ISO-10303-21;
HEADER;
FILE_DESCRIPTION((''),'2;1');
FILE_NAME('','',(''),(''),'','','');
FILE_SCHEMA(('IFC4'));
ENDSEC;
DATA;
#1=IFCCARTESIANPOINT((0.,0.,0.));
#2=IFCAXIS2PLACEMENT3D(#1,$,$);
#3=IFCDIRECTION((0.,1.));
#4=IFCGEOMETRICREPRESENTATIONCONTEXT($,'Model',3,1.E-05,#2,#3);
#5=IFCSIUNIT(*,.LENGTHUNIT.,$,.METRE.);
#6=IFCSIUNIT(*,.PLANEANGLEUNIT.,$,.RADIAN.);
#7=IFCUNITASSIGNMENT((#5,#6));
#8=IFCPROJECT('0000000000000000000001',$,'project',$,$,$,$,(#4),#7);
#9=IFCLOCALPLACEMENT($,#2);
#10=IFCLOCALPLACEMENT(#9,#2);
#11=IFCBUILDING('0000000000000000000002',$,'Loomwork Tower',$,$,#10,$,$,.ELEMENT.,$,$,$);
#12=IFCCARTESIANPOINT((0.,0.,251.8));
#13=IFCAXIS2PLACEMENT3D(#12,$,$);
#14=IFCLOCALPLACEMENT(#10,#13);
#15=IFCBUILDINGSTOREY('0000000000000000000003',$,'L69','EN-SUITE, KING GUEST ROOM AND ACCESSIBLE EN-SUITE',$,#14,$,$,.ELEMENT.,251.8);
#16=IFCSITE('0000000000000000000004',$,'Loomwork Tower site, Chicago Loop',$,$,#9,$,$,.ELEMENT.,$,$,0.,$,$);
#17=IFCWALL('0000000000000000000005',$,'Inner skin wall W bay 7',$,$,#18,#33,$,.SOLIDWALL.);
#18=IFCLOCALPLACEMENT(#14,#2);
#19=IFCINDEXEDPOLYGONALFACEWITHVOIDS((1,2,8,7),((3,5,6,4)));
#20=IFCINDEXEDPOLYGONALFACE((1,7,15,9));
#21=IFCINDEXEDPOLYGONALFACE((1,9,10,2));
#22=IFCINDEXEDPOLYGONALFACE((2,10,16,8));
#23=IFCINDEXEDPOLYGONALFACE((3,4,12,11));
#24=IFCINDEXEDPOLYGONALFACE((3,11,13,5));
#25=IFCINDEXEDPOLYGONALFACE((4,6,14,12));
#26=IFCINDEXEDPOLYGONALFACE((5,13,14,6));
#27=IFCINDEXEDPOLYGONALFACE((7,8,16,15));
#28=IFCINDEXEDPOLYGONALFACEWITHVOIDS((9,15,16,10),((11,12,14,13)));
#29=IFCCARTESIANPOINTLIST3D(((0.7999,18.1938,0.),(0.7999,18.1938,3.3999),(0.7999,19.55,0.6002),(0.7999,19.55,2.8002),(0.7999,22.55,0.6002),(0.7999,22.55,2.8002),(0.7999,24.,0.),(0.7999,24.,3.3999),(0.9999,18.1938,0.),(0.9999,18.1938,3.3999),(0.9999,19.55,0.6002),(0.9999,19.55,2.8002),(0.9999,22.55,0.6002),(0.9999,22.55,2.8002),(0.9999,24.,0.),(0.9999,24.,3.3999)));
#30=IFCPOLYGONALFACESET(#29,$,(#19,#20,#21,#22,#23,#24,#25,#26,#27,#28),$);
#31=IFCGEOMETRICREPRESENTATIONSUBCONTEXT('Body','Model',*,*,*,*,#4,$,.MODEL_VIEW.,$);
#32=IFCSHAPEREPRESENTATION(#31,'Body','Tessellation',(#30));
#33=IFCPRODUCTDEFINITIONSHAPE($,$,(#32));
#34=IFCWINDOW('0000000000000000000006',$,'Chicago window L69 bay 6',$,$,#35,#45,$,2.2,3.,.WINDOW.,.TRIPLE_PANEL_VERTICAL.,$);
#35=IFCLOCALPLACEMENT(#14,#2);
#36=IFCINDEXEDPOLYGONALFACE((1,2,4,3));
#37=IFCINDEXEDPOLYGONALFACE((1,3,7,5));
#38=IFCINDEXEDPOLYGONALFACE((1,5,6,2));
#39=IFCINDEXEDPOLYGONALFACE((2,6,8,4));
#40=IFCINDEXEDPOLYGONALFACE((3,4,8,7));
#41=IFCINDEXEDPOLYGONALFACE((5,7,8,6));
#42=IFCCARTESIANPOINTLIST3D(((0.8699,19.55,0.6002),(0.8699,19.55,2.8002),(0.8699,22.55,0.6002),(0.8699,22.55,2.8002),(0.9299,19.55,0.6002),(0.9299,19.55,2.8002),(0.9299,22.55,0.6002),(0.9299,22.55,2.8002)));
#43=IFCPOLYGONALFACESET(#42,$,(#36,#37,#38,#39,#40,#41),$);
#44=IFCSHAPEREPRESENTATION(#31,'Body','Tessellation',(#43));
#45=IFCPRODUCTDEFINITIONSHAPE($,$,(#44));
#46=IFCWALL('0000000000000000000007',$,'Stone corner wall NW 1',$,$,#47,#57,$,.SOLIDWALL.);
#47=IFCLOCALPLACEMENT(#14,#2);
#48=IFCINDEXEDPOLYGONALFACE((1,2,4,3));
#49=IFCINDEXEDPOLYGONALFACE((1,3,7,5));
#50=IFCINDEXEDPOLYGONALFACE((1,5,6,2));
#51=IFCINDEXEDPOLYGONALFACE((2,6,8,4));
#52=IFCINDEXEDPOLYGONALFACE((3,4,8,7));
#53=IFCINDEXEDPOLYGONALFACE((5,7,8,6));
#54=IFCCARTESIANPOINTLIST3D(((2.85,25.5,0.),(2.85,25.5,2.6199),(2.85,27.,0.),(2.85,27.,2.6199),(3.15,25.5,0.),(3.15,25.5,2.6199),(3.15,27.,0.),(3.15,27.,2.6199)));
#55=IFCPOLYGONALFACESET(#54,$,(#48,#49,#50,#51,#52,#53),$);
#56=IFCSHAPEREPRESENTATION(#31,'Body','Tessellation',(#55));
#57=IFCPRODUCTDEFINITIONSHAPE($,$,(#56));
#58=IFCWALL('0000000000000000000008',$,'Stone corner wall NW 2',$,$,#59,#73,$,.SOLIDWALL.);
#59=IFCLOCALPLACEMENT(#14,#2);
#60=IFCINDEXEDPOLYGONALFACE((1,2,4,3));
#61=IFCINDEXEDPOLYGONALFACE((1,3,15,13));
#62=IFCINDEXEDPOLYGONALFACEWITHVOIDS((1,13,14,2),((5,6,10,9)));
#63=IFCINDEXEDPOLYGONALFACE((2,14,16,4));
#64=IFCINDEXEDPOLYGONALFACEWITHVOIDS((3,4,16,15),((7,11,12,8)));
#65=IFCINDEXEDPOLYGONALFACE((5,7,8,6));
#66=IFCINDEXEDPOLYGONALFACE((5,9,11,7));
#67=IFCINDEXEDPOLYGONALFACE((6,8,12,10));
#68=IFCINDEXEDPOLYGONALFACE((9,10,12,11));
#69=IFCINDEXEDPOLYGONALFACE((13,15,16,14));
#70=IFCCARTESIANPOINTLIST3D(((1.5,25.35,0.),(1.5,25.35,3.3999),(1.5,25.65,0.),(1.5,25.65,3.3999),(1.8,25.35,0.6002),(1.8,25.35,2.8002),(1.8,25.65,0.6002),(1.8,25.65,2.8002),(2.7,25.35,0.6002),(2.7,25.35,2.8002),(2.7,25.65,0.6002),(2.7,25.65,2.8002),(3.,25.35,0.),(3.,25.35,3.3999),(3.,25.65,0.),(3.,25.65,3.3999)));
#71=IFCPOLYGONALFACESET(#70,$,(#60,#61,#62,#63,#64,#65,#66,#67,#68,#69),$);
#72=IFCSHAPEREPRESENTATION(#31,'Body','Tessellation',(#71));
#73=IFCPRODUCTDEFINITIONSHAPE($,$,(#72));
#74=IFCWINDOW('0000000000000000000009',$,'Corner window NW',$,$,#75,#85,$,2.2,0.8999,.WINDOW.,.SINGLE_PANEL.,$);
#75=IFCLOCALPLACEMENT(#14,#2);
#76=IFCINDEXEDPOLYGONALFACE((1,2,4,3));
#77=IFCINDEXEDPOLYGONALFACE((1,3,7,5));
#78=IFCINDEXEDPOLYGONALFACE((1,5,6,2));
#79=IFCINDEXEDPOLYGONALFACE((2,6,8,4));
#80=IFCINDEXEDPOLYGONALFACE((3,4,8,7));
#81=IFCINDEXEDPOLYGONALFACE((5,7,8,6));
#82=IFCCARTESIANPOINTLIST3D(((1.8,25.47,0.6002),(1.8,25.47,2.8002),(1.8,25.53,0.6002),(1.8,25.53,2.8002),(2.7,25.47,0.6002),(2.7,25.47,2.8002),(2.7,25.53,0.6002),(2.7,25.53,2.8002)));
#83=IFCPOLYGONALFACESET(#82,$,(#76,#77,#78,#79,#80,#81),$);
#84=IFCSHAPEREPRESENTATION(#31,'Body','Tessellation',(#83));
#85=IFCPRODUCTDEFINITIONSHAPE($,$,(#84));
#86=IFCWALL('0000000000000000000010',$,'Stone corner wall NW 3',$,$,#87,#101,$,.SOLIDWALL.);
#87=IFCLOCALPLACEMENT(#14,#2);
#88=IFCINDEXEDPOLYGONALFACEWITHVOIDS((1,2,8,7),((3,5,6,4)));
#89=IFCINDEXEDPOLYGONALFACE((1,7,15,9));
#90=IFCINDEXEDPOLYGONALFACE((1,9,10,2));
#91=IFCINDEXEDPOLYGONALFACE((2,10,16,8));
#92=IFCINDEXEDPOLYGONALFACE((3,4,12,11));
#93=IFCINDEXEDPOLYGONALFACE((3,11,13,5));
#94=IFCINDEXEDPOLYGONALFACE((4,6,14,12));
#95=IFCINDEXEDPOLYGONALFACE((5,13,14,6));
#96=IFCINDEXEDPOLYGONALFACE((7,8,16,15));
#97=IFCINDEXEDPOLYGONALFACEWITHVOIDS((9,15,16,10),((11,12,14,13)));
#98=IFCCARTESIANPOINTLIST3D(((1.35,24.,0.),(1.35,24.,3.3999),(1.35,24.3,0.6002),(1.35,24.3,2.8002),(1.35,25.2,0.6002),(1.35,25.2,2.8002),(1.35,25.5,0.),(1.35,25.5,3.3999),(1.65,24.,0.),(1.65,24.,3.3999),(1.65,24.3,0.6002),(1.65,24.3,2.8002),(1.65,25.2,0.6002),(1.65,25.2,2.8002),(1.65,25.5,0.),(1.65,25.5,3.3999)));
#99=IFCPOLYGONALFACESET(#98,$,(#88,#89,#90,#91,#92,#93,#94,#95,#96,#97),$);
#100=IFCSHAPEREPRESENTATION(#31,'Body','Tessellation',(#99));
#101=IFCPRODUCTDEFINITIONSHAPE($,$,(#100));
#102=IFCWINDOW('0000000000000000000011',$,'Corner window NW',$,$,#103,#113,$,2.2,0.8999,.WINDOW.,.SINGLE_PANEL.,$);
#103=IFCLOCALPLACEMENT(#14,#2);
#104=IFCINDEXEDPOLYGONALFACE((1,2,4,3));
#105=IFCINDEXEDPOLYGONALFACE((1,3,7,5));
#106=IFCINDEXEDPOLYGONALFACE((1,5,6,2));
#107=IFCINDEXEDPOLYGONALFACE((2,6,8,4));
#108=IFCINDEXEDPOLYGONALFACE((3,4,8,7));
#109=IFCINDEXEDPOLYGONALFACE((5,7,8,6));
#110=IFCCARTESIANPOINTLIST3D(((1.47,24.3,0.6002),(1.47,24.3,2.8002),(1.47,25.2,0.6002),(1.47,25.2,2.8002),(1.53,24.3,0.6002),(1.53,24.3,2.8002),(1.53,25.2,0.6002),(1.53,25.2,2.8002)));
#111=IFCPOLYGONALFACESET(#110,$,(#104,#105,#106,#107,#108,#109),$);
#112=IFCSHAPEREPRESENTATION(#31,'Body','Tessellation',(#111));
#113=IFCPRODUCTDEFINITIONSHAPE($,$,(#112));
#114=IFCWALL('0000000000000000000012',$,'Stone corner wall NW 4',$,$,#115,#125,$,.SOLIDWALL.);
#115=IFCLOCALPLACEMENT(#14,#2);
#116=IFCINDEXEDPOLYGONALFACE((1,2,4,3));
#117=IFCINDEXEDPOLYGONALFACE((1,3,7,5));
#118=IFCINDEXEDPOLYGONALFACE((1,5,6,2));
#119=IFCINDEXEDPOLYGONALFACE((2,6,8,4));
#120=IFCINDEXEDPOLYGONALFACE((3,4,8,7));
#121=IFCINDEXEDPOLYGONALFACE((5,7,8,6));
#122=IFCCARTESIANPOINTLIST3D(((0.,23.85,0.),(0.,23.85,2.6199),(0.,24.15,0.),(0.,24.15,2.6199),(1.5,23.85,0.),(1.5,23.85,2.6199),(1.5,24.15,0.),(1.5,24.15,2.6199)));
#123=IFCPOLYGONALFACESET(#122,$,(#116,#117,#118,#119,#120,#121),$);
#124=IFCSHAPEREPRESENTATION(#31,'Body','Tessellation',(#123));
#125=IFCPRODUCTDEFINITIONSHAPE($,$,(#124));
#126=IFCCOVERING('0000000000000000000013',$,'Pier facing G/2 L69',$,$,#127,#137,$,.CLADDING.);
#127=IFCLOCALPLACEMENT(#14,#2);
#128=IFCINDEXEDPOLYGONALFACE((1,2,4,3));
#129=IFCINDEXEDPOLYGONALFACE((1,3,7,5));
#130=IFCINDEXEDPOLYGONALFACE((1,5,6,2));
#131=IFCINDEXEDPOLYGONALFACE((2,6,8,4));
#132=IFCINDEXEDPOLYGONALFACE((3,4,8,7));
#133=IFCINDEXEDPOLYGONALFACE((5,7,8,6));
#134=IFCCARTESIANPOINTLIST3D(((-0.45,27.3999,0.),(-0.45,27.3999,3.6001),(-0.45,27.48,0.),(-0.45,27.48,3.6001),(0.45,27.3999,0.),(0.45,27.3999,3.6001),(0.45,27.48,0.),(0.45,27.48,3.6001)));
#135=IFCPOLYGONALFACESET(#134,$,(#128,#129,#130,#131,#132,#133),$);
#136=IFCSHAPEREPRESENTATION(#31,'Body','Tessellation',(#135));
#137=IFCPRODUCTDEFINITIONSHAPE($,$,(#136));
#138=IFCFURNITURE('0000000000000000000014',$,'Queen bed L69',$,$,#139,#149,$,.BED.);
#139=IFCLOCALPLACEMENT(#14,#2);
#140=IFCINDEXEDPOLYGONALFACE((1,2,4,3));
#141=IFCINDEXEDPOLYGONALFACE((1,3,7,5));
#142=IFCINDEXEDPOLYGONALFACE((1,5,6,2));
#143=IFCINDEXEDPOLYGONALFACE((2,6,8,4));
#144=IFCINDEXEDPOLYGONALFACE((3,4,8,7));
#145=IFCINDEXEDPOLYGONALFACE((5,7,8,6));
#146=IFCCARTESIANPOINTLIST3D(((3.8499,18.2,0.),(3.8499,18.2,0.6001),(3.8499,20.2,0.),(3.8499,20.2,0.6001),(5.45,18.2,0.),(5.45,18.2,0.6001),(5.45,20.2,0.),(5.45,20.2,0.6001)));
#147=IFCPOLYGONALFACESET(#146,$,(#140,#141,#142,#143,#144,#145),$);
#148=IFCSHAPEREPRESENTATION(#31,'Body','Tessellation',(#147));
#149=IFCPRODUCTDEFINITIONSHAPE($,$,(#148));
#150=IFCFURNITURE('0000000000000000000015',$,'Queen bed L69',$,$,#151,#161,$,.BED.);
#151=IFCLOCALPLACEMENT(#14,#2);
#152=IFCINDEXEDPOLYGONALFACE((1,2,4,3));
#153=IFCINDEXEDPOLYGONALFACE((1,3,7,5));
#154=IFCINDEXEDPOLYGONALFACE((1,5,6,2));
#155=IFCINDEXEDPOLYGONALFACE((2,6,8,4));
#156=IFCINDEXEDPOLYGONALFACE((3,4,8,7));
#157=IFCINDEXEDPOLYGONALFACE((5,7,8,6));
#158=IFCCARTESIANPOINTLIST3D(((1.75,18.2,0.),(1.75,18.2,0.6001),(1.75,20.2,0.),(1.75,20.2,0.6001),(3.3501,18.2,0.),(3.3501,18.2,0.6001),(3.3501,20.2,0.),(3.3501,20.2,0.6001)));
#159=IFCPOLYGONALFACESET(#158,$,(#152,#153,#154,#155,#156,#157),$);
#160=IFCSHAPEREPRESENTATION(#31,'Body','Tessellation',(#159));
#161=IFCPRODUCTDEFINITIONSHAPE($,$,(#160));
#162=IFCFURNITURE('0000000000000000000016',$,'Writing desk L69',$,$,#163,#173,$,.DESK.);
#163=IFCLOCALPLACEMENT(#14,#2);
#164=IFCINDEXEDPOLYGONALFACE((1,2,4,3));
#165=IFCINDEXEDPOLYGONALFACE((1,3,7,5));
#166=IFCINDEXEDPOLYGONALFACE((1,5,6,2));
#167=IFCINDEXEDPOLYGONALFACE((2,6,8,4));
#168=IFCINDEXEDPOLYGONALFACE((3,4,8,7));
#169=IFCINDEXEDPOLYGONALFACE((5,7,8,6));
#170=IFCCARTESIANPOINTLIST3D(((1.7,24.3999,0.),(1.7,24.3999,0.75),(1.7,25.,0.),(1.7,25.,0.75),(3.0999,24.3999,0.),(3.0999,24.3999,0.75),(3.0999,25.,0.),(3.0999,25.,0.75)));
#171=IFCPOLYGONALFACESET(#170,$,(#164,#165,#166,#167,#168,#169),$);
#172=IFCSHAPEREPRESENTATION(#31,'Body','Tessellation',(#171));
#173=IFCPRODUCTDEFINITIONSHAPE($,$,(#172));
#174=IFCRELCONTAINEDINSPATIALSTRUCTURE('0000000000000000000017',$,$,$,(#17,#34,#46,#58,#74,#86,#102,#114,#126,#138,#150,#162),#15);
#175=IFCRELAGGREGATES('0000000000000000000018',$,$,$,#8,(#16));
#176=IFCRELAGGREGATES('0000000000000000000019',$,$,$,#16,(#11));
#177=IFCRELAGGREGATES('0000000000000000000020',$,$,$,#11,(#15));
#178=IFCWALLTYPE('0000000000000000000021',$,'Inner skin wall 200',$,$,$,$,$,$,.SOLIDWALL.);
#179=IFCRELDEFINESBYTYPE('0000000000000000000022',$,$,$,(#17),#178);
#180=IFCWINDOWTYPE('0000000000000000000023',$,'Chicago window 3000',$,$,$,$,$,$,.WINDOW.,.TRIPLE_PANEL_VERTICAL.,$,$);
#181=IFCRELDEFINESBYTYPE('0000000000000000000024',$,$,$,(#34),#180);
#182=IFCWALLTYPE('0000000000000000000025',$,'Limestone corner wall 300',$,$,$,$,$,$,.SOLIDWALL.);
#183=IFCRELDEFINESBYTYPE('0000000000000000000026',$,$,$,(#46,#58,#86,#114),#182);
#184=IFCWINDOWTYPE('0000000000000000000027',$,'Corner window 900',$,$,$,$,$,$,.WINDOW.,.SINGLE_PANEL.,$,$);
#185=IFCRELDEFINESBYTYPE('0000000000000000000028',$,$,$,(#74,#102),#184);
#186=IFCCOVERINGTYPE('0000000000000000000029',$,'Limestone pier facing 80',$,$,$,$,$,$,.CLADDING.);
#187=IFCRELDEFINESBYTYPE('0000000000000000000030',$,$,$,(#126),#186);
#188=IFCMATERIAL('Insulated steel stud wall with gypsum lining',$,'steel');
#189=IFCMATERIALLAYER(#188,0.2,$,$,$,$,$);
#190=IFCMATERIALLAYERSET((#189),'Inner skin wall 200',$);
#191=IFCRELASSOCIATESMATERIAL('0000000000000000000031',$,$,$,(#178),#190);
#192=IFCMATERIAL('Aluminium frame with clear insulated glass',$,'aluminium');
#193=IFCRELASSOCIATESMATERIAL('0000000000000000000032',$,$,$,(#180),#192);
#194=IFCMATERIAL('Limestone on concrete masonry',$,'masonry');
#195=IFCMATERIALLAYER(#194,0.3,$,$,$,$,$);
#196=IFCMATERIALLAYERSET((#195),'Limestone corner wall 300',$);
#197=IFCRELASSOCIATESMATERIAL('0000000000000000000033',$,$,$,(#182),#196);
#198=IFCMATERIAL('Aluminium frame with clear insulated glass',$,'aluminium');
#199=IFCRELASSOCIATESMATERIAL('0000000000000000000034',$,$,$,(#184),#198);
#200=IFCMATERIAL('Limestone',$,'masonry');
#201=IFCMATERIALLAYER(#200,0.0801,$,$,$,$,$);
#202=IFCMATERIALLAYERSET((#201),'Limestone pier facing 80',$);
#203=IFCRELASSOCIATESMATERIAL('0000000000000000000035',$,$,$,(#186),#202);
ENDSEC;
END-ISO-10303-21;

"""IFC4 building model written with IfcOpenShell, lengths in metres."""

from ifc_helpers import new_model, si_unit, direction, frame, frame_2d, origin, origin_2d, place, context, subcontext, project, spatial, rectangle, extrude, material, layer, layer_set, type_object, element, fill, save


model = new_model("IFC4")

# Units and contexts
model_context = context("Model", 3, precision=1e-05, world=origin(), true_north=direction((0.0, 1.0)))
body_context = subcontext(model_context, "Body", "Model", "MODEL_VIEW")
ifc_project = project(units=[si_unit("LENGTHUNIT", "METRE"), si_unit("PLANEANGLEUNIT", "RADIAN")], contexts=[model_context])

# Site, building, storey
site_placement = place(None, origin())
site = spatial("IfcSite", under=ifc_project, at=site_placement, Name="Loomwork Tower site, Chicago Loop", CompositionType="ELEMENT", RefElevation=0.0)
building_placement = place(site_placement, origin())
building = spatial("IfcBuilding", under=site, at=building_placement, Name="Loomwork Tower", CompositionType="ELEMENT")
storey_placement = place(building_placement, frame((0.0, 0.0, 251.8)))
storey = spatial("IfcBuildingStorey", under=building, at=storey_placement, Name="L69", Description="EN-SUITE, KING GUEST ROOM AND ACCESSIBLE EN-SUITE", CompositionType="ELEMENT", Elevation=251.8)

# Wall, opening, window
ifc_material_1 = material(Name="Insulated steel stud wall with gypsum lining", Category="steel")
ifc_layer_1 = layer(ifc_material_1, 0.2)
ifc_layer_set_1 = layer_set([ifc_layer_1], Name="Inner skin wall 200")
wall_type_1 = type_object("IfcWallType", Name="Inner skin wall 200", PredefinedType="SOLIDWALL", material=ifc_layer_set_1)
wall_1_placement = place(storey_placement, frame((0.8999, 18.1938, 0.0), z_axis=(0.0, 0.0, 1.0), x_axis=(0.0, 1.0, 0.0)))
wall_1 = element("IfcWall", 1, at=wall_1_placement, inside=storey, type_object=wall_type_1, Name="Inner skin wall W bay 7", PredefinedType="SOLIDWALL", context=body_context, shape_type="SweptSolid", body=[
    extrude(rectangle(XDim=5.8062, YDim=0.2, at=frame_2d((2.9031, 0.0))), origin(), (0.0, 0.0, 1.0), 3.3999),
])
opening_1_placement = place(wall_1_placement, frame((1.3562, 0.0, 0.6001)))
opening_1 = element("IfcOpeningElement", 2, at=opening_1_placement, cuts=wall_1, PredefinedType="OPENING", context=body_context, shape_type="SweptSolid", body=[
    extrude(rectangle(XDim=3.0, YDim=2.2, at=frame_2d((1.5, 1.1001))), frame((0.0, 0.1099, 0.0), z_axis=(0.0, -1.0, 0.0), x_axis=(1.0, 0.0, 0.0)), (0.0, 0.0, 1.0), 0.22),
])
ifc_material_2 = material(Name="Aluminium frame with clear insulated glass", Category="aluminium")
window_type_1 = type_object("IfcWindowType", Name="Chicago window 3000", PartitioningType="TRIPLE_PANEL_VERTICAL", PredefinedType="WINDOW", material=ifc_material_2)
window_1_placement = place(opening_1_placement, origin())
window_1 = element("IfcWindow", 3, at=window_1_placement, inside=storey, type_object=window_type_1, Name="Chicago window L69 bay 6", OverallHeight=2.2, OverallWidth=3.0, PartitioningType="TRIPLE_PANEL_VERTICAL", PredefinedType="WINDOW", context=body_context, shape_type="SweptSolid", body=[
    extrude(rectangle(XDim=3.0, YDim=2.2, at=frame_2d((1.5, 1.1001))), frame((0.0, 0.03, 0.0), z_axis=(0.0, -1.0, 0.0), x_axis=(1.0, 0.0, 0.0)), (0.0, 0.0, 1.0), 0.0601),
])
fill(opening_1, window_1)

# Wall
ifc_material_3 = material(Name="Limestone on concrete masonry", Category="masonry")
ifc_layer_2 = layer(ifc_material_3, 0.3)
ifc_layer_set_2 = layer_set([ifc_layer_2], Name="Limestone corner wall 300")
wall_type_2 = type_object("IfcWallType", Name="Limestone corner wall 300", PredefinedType="SOLIDWALL", material=ifc_layer_set_2)
wall_2_placement = place(storey_placement, frame((3.0, 27.0, 0.0), z_axis=(0.0, 0.0, 1.0), x_axis=(0.0, -1.0, 0.0)))
element("IfcWall", 4, at=wall_2_placement, inside=storey, type_object=wall_type_2, Name="Stone corner wall NW 1", PredefinedType="SOLIDWALL", context=body_context, shape_type="SweptSolid", body=[
    extrude(rectangle(XDim=1.5, YDim=0.3, at=frame_2d((0.75, 0.0))), origin(), (0.0, 0.0, 1.0), 2.6199),
])

# Walls, openings, windows
wall_3_placement = place(storey_placement, frame((3.0, 25.5, 0.0), z_axis=(0.0, 0.0, 1.0), x_axis=(-1.0, 0.0, 0.0)))
wall_3 = element("IfcWall", 5, at=wall_3_placement, inside=storey, type_object=wall_type_2, Name="Stone corner wall NW 2", PredefinedType="SOLIDWALL", context=body_context, shape_type="SweptSolid", body=[
    extrude(rectangle(XDim=1.5, YDim=0.3, at=frame_2d((0.75, 0.0))), origin(), (0.0, 0.0, 1.0), 3.3999),
])
opening_2_placement = place(wall_3_placement, frame((0.3, 0.0, 0.6001)))
opening_2 = element("IfcOpeningElement", 6, at=opening_2_placement, cuts=wall_3, PredefinedType="OPENING", context=body_context, shape_type="SweptSolid", body=[
    extrude(rectangle(XDim=0.8999, YDim=2.2, at=frame_2d((0.45, 1.1001))), frame((0.0, 0.1599, 0.0), z_axis=(0.0, -1.0, 0.0), x_axis=(1.0, 0.0, 0.0)), (0.0, 0.0, 1.0), 0.3201),
])
ifc_material_4 = material(Name="Aluminium frame with clear insulated glass", Category="aluminium")
window_type_2 = type_object("IfcWindowType", Name="Corner window 900", PartitioningType="SINGLE_PANEL", PredefinedType="WINDOW", material=ifc_material_4)
window_2_placement = place(opening_2_placement, origin())
window_2 = element("IfcWindow", 7, at=window_2_placement, inside=storey, type_object=window_type_2, Name="Corner window NW", OverallHeight=2.2, OverallWidth=0.8999, PartitioningType="SINGLE_PANEL", PredefinedType="WINDOW", context=body_context, shape_type="SweptSolid", body=[
    extrude(rectangle(XDim=0.8999, YDim=2.2, at=frame_2d((0.45, 1.1001))), frame((0.0, 0.03, 0.0), z_axis=(0.0, -1.0, 0.0), x_axis=(1.0, 0.0, 0.0)), (0.0, 0.0, 1.0), 0.0601),
])
fill(opening_2, window_2)
wall_4_placement = place(storey_placement, frame((1.5, 25.5, 0.0), z_axis=(0.0, 0.0, 1.0), x_axis=(0.0, -1.0, 0.0)))
wall_4 = element("IfcWall", 8, at=wall_4_placement, inside=storey, type_object=wall_type_2, Name="Stone corner wall NW 3", PredefinedType="SOLIDWALL", context=body_context, shape_type="SweptSolid", body=[
    extrude(rectangle(XDim=1.5, YDim=0.3, at=frame_2d((0.75, 0.0))), origin(), (0.0, 0.0, 1.0), 3.3999),
])
opening_3_placement = place(wall_4_placement, frame((0.3, 0.0, 0.6001)))
opening_3 = element("IfcOpeningElement", 9, at=opening_3_placement, cuts=wall_4, PredefinedType="OPENING", context=body_context, shape_type="SweptSolid", body=[
    extrude(rectangle(XDim=0.8999, YDim=2.2, at=frame_2d((0.45, 1.1001))), frame((0.0, 0.1599, 0.0), z_axis=(0.0, -1.0, 0.0), x_axis=(1.0, 0.0, 0.0)), (0.0, 0.0, 1.0), 0.3201),
])
window_3_placement = place(opening_3_placement, origin())
window_3 = element("IfcWindow", 10, at=window_3_placement, inside=storey, type_object=window_type_2, Name="Corner window NW", OverallHeight=2.2, OverallWidth=0.8999, PartitioningType="SINGLE_PANEL", PredefinedType="WINDOW", context=body_context, shape_type="SweptSolid", body=[
    extrude(rectangle(XDim=0.8999, YDim=2.2, at=frame_2d((0.45, 1.1001))), frame((0.0, 0.03, 0.0), z_axis=(0.0, -1.0, 0.0), x_axis=(1.0, 0.0, 0.0)), (0.0, 0.0, 1.0), 0.0601),
])
fill(opening_3, window_3)

# Wall
wall_5_placement = place(storey_placement, frame((1.5, 24.0, 0.0), z_axis=(0.0, 0.0, 1.0), x_axis=(-1.0, 0.0, 0.0)))
element("IfcWall", 11, at=wall_5_placement, inside=storey, type_object=wall_type_2, Name="Stone corner wall NW 4", PredefinedType="SOLIDWALL", context=body_context, shape_type="SweptSolid", body=[
    extrude(rectangle(XDim=1.5, YDim=0.3, at=frame_2d((0.75, 0.0))), origin(), (0.0, 0.0, 1.0), 2.6199),
])

# Covering
ifc_material_5 = material(Name="Limestone", Category="masonry")
ifc_layer_3 = layer(ifc_material_5, 0.0801)
ifc_layer_set_3 = layer_set([ifc_layer_3], Name="Limestone pier facing 80")
covering_type = type_object("IfcCoveringType", Name="Limestone pier facing 80", PredefinedType="CLADDING", material=ifc_layer_set_3)
covering_placement = place(storey_placement, frame((0.0, 27.4399, 0.0), z_axis=(0.0, 0.0, 1.0), x_axis=(1.0, 0.0, 0.0)))
element("IfcCovering", 12, at=covering_placement, inside=storey, type_object=covering_type, Name="Pier facing G/2 L69", PredefinedType="CLADDING", context=body_context, shape_type="SweptSolid", body=[
    extrude(rectangle(XDim=0.8999, YDim=0.0801, at=origin_2d()), origin(), (0.0, 0.0, 1.0), 3.6001),
])

# Furniture
for number, where, z_axis, x_axis, name in (
    (13, (4.6499, 19.2, 0.0), (0.0, 0.0, 1.0), (1.0, 0.0, 0.0), "Queen bed L69"),
    (14, (2.55, 19.2, 0.0), (0.0, 0.0, 1.0), (1.0, 0.0, 0.0), "Queen bed L69"),
):
    element("IfcFurniture", number, at=place(storey_placement, frame(where, z_axis=z_axis, x_axis=x_axis)), inside=storey, Name=name, PredefinedType="BED", context=body_context, shape_type="SweptSolid", body=[
        extrude(rectangle(XDim=1.6001, YDim=2.0, at=origin_2d()), origin(), (0.0, 0.0, 1.0), 0.6001),
    ])
furniture_1_placement = place(storey_placement, frame((2.3999, 24.7, 0.0), z_axis=(0.0, 0.0, 1.0), x_axis=(1.0, 0.0, 0.0)))
element("IfcFurniture", 15, at=furniture_1_placement, inside=storey, Name="Writing desk L69", PredefinedType="DESK", context=body_context, shape_type="SweptSolid", body=[
    extrude(rectangle(XDim=1.3999, YDim=0.6001, at=origin_2d()), origin(), (0.0, 0.0, 1.0), 0.75),
])

save(model, "model.ifc")
